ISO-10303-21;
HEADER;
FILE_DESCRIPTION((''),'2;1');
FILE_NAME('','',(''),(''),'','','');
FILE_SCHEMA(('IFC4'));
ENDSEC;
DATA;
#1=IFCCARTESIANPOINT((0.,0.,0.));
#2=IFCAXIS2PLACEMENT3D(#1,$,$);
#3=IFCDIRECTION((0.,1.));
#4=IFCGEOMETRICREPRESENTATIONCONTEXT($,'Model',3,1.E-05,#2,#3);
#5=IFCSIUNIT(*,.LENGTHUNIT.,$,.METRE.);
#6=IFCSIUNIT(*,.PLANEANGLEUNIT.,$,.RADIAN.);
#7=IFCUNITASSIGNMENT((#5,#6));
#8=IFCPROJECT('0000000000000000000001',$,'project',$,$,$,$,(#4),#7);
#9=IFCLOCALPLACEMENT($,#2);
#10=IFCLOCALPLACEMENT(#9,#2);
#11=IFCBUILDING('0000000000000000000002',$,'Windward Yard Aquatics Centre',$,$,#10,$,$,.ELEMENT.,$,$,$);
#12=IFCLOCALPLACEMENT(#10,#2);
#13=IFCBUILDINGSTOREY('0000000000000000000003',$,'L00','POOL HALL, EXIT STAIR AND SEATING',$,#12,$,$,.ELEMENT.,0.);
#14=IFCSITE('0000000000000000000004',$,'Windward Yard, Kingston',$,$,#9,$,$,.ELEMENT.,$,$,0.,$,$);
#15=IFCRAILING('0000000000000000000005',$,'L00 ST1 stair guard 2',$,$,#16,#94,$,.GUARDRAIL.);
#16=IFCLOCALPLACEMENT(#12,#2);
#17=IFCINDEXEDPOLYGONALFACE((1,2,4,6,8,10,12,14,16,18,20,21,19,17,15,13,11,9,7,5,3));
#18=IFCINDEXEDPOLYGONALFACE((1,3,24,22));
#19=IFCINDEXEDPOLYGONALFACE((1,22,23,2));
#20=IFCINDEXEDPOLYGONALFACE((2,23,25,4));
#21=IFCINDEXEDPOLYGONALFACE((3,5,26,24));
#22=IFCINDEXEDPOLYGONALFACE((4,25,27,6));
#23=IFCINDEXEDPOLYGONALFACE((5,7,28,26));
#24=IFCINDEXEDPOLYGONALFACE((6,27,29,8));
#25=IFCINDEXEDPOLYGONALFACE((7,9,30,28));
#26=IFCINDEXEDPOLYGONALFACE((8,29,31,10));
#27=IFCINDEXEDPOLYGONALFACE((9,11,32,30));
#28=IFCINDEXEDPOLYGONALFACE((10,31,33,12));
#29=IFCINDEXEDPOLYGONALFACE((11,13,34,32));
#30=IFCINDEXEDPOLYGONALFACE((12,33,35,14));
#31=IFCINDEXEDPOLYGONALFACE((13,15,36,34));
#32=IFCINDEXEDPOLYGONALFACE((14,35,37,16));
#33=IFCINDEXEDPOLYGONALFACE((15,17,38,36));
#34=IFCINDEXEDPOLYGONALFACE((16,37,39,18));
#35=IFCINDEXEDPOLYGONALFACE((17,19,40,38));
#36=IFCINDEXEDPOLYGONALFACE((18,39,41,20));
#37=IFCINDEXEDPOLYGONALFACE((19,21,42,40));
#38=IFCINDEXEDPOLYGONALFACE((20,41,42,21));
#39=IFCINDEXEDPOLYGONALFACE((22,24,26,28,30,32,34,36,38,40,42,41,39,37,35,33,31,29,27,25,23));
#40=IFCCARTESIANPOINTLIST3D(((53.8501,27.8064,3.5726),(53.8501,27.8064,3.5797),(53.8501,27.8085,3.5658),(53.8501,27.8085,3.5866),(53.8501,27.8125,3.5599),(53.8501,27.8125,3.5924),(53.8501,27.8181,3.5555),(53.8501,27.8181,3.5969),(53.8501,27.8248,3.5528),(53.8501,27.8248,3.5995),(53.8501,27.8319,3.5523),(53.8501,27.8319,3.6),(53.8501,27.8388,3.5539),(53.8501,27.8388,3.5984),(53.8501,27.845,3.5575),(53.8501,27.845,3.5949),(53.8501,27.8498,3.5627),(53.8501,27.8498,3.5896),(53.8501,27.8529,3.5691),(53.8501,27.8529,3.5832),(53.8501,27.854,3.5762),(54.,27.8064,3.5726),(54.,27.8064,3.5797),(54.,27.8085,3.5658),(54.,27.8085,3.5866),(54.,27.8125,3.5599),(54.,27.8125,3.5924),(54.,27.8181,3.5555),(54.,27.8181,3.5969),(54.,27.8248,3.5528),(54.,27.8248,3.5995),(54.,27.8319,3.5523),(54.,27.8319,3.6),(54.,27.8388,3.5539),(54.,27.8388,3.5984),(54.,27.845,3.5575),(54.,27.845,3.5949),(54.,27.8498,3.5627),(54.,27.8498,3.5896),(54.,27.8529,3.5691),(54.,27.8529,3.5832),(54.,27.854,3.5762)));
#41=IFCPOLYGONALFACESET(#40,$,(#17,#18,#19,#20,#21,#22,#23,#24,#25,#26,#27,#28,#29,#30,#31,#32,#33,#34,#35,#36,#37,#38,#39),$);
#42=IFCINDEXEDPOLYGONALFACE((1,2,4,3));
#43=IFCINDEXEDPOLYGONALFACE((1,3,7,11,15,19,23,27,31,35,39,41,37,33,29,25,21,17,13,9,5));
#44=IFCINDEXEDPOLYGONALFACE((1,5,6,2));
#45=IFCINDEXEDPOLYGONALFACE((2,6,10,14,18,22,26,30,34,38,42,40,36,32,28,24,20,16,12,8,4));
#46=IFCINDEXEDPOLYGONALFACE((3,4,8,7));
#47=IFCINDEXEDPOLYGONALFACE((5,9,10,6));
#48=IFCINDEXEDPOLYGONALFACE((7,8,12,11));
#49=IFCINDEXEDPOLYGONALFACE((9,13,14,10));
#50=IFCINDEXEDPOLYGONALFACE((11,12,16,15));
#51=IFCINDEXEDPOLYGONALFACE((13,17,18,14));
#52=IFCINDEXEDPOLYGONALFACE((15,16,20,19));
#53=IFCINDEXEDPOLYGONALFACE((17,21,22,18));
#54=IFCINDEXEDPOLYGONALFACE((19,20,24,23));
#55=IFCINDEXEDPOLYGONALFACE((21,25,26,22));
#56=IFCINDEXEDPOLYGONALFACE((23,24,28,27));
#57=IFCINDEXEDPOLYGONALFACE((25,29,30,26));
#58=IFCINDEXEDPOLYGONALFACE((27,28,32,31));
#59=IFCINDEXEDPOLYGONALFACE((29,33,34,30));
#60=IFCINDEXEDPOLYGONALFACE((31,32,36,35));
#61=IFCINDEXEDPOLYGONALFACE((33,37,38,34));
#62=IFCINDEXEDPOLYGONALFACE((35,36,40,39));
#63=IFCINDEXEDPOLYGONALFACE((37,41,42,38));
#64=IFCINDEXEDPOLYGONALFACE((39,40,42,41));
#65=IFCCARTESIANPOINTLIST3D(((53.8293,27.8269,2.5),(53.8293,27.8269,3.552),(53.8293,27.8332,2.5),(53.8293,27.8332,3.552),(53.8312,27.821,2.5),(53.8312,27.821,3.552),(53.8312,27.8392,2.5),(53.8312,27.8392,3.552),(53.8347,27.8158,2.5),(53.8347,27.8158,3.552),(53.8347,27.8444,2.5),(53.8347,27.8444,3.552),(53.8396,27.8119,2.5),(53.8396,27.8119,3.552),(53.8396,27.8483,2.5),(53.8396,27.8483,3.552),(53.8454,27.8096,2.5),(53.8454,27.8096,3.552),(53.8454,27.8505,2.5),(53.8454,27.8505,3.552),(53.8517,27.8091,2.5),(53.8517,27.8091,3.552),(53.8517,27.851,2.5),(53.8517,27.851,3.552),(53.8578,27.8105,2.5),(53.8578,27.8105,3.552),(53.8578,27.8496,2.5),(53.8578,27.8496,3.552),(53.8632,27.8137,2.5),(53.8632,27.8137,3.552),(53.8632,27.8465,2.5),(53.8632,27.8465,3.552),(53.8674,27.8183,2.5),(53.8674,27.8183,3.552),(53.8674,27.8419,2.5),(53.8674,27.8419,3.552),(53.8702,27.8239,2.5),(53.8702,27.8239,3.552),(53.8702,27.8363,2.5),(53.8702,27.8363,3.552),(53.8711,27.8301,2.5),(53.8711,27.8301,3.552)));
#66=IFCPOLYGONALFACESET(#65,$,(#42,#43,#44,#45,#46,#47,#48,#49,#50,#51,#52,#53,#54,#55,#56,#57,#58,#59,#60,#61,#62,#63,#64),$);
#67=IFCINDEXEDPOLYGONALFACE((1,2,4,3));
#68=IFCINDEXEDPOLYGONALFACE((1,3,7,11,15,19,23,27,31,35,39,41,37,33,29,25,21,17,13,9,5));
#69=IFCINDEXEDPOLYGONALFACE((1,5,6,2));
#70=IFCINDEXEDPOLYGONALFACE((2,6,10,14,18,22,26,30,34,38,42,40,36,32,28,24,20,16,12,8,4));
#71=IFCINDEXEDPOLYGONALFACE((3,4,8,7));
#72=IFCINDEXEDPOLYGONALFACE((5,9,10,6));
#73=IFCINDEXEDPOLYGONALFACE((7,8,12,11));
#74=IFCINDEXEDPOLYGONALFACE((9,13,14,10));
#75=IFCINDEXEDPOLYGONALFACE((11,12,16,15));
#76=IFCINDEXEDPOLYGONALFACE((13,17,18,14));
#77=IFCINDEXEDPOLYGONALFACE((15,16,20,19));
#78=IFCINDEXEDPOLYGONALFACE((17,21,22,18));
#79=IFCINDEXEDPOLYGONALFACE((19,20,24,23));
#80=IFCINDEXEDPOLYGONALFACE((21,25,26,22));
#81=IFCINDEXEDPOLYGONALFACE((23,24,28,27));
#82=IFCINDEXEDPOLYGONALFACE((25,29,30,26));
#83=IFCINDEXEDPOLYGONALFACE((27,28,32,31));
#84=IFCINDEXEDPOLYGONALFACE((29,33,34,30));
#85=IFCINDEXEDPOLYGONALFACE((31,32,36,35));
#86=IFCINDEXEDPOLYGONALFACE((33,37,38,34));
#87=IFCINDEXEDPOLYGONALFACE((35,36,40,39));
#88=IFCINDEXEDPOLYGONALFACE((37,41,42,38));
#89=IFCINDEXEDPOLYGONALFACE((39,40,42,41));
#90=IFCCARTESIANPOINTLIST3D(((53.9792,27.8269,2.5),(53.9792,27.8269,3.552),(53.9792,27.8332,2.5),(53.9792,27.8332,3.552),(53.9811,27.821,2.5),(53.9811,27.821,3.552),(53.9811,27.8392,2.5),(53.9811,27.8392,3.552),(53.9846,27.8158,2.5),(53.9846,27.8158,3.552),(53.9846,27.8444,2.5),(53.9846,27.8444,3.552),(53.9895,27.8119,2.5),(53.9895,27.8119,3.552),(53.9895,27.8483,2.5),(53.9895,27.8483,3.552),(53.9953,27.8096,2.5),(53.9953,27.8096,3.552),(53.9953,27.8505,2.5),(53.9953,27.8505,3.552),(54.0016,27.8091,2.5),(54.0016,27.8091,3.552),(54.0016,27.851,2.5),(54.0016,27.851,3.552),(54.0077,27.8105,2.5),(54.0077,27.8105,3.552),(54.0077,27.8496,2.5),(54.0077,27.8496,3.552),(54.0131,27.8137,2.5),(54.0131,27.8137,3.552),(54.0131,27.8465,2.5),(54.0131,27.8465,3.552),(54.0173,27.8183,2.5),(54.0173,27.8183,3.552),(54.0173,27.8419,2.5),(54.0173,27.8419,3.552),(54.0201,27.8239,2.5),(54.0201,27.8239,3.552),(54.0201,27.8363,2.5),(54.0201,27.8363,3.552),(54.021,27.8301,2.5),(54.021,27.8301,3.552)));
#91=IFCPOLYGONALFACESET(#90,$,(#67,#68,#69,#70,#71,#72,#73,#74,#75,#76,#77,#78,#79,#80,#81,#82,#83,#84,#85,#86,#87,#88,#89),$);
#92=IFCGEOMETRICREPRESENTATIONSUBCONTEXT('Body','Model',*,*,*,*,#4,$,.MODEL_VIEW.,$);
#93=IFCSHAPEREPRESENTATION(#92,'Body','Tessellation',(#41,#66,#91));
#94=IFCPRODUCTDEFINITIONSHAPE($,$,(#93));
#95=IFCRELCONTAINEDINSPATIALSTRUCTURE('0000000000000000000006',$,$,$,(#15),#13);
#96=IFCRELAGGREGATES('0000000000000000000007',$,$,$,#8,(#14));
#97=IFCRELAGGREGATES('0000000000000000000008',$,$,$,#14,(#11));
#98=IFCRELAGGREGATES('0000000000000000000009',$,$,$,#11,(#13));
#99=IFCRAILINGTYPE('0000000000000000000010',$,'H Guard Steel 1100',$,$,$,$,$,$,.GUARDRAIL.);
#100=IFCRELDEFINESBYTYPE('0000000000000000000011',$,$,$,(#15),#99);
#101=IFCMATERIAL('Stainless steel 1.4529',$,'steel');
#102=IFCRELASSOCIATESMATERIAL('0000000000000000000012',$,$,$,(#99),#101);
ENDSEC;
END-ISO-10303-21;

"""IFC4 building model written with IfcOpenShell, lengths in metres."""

from ifc_helpers import new_model, si_unit, direction, frame, origin, origin_2d, place, context, subcontext, project, spatial, circle, extrude, material, type_object, element, save


model = new_model("IFC4")

# Units and contexts
model_context = context("Model", 3, precision=1e-05, world=origin(), true_north=direction((0.0, 1.0)))
body_context = subcontext(model_context, "Body", "Model", "MODEL_VIEW")
ifc_project = project(units=[si_unit("LENGTHUNIT", "METRE"), si_unit("PLANEANGLEUNIT", "RADIAN")], contexts=[model_context])

# Site, building, storey
site_placement = place(None, origin())
site = spatial("IfcSite", under=ifc_project, at=site_placement, Name="Windward Yard, Kingston", CompositionType="ELEMENT", RefElevation=0.0)
building_placement = place(site_placement, origin())
building = spatial("IfcBuilding", under=site, at=building_placement, Name="Windward Yard Aquatics Centre", CompositionType="ELEMENT")
storey_placement = place(building_placement, origin())
storey = spatial("IfcBuildingStorey", under=building, at=storey_placement, Name="L00", Description="POOL HALL, EXIT STAIR AND SEATING", CompositionType="ELEMENT", Elevation=0.0)

# Railing
ifc_material_1 = material(Name="Stainless steel 1.4529", Category="steel")
railing_type_1 = type_object("IfcRailingType", Name="H Guard Steel 1100", PredefinedType="GUARDRAIL", material=ifc_material_1)
railing_1_placement = place(storey_placement, frame((53.8501, 27.8301, 2.5)))
element("IfcRailing", 1, at=railing_1_placement, inside=storey, type_object=railing_type_1, Name="L00 ST1 stair guard 2", PredefinedType="GUARDRAIL", context=body_context, shape_type="SweptSolid", body=[
    extrude(circle(Radius=0.0239, at=origin_2d()), frame((0.0, 0.0, 1.0762), z_axis=(1.0, 0.0, 0.0), x_axis=(0.0, 1.0, 0.0)), (0.0, 0.0, 1.0), 0.1499),
    extrude(circle(Radius=0.021, at=origin_2d()), origin(), (0.0, 0.0, 1.0), 1.052),
    extrude(circle(Radius=0.021, at=origin_2d()), frame((0.1499, 0.0, 0.0)), (0.0, 0.0, 1.0), 1.052),
])

save(model, "model.ifc")
